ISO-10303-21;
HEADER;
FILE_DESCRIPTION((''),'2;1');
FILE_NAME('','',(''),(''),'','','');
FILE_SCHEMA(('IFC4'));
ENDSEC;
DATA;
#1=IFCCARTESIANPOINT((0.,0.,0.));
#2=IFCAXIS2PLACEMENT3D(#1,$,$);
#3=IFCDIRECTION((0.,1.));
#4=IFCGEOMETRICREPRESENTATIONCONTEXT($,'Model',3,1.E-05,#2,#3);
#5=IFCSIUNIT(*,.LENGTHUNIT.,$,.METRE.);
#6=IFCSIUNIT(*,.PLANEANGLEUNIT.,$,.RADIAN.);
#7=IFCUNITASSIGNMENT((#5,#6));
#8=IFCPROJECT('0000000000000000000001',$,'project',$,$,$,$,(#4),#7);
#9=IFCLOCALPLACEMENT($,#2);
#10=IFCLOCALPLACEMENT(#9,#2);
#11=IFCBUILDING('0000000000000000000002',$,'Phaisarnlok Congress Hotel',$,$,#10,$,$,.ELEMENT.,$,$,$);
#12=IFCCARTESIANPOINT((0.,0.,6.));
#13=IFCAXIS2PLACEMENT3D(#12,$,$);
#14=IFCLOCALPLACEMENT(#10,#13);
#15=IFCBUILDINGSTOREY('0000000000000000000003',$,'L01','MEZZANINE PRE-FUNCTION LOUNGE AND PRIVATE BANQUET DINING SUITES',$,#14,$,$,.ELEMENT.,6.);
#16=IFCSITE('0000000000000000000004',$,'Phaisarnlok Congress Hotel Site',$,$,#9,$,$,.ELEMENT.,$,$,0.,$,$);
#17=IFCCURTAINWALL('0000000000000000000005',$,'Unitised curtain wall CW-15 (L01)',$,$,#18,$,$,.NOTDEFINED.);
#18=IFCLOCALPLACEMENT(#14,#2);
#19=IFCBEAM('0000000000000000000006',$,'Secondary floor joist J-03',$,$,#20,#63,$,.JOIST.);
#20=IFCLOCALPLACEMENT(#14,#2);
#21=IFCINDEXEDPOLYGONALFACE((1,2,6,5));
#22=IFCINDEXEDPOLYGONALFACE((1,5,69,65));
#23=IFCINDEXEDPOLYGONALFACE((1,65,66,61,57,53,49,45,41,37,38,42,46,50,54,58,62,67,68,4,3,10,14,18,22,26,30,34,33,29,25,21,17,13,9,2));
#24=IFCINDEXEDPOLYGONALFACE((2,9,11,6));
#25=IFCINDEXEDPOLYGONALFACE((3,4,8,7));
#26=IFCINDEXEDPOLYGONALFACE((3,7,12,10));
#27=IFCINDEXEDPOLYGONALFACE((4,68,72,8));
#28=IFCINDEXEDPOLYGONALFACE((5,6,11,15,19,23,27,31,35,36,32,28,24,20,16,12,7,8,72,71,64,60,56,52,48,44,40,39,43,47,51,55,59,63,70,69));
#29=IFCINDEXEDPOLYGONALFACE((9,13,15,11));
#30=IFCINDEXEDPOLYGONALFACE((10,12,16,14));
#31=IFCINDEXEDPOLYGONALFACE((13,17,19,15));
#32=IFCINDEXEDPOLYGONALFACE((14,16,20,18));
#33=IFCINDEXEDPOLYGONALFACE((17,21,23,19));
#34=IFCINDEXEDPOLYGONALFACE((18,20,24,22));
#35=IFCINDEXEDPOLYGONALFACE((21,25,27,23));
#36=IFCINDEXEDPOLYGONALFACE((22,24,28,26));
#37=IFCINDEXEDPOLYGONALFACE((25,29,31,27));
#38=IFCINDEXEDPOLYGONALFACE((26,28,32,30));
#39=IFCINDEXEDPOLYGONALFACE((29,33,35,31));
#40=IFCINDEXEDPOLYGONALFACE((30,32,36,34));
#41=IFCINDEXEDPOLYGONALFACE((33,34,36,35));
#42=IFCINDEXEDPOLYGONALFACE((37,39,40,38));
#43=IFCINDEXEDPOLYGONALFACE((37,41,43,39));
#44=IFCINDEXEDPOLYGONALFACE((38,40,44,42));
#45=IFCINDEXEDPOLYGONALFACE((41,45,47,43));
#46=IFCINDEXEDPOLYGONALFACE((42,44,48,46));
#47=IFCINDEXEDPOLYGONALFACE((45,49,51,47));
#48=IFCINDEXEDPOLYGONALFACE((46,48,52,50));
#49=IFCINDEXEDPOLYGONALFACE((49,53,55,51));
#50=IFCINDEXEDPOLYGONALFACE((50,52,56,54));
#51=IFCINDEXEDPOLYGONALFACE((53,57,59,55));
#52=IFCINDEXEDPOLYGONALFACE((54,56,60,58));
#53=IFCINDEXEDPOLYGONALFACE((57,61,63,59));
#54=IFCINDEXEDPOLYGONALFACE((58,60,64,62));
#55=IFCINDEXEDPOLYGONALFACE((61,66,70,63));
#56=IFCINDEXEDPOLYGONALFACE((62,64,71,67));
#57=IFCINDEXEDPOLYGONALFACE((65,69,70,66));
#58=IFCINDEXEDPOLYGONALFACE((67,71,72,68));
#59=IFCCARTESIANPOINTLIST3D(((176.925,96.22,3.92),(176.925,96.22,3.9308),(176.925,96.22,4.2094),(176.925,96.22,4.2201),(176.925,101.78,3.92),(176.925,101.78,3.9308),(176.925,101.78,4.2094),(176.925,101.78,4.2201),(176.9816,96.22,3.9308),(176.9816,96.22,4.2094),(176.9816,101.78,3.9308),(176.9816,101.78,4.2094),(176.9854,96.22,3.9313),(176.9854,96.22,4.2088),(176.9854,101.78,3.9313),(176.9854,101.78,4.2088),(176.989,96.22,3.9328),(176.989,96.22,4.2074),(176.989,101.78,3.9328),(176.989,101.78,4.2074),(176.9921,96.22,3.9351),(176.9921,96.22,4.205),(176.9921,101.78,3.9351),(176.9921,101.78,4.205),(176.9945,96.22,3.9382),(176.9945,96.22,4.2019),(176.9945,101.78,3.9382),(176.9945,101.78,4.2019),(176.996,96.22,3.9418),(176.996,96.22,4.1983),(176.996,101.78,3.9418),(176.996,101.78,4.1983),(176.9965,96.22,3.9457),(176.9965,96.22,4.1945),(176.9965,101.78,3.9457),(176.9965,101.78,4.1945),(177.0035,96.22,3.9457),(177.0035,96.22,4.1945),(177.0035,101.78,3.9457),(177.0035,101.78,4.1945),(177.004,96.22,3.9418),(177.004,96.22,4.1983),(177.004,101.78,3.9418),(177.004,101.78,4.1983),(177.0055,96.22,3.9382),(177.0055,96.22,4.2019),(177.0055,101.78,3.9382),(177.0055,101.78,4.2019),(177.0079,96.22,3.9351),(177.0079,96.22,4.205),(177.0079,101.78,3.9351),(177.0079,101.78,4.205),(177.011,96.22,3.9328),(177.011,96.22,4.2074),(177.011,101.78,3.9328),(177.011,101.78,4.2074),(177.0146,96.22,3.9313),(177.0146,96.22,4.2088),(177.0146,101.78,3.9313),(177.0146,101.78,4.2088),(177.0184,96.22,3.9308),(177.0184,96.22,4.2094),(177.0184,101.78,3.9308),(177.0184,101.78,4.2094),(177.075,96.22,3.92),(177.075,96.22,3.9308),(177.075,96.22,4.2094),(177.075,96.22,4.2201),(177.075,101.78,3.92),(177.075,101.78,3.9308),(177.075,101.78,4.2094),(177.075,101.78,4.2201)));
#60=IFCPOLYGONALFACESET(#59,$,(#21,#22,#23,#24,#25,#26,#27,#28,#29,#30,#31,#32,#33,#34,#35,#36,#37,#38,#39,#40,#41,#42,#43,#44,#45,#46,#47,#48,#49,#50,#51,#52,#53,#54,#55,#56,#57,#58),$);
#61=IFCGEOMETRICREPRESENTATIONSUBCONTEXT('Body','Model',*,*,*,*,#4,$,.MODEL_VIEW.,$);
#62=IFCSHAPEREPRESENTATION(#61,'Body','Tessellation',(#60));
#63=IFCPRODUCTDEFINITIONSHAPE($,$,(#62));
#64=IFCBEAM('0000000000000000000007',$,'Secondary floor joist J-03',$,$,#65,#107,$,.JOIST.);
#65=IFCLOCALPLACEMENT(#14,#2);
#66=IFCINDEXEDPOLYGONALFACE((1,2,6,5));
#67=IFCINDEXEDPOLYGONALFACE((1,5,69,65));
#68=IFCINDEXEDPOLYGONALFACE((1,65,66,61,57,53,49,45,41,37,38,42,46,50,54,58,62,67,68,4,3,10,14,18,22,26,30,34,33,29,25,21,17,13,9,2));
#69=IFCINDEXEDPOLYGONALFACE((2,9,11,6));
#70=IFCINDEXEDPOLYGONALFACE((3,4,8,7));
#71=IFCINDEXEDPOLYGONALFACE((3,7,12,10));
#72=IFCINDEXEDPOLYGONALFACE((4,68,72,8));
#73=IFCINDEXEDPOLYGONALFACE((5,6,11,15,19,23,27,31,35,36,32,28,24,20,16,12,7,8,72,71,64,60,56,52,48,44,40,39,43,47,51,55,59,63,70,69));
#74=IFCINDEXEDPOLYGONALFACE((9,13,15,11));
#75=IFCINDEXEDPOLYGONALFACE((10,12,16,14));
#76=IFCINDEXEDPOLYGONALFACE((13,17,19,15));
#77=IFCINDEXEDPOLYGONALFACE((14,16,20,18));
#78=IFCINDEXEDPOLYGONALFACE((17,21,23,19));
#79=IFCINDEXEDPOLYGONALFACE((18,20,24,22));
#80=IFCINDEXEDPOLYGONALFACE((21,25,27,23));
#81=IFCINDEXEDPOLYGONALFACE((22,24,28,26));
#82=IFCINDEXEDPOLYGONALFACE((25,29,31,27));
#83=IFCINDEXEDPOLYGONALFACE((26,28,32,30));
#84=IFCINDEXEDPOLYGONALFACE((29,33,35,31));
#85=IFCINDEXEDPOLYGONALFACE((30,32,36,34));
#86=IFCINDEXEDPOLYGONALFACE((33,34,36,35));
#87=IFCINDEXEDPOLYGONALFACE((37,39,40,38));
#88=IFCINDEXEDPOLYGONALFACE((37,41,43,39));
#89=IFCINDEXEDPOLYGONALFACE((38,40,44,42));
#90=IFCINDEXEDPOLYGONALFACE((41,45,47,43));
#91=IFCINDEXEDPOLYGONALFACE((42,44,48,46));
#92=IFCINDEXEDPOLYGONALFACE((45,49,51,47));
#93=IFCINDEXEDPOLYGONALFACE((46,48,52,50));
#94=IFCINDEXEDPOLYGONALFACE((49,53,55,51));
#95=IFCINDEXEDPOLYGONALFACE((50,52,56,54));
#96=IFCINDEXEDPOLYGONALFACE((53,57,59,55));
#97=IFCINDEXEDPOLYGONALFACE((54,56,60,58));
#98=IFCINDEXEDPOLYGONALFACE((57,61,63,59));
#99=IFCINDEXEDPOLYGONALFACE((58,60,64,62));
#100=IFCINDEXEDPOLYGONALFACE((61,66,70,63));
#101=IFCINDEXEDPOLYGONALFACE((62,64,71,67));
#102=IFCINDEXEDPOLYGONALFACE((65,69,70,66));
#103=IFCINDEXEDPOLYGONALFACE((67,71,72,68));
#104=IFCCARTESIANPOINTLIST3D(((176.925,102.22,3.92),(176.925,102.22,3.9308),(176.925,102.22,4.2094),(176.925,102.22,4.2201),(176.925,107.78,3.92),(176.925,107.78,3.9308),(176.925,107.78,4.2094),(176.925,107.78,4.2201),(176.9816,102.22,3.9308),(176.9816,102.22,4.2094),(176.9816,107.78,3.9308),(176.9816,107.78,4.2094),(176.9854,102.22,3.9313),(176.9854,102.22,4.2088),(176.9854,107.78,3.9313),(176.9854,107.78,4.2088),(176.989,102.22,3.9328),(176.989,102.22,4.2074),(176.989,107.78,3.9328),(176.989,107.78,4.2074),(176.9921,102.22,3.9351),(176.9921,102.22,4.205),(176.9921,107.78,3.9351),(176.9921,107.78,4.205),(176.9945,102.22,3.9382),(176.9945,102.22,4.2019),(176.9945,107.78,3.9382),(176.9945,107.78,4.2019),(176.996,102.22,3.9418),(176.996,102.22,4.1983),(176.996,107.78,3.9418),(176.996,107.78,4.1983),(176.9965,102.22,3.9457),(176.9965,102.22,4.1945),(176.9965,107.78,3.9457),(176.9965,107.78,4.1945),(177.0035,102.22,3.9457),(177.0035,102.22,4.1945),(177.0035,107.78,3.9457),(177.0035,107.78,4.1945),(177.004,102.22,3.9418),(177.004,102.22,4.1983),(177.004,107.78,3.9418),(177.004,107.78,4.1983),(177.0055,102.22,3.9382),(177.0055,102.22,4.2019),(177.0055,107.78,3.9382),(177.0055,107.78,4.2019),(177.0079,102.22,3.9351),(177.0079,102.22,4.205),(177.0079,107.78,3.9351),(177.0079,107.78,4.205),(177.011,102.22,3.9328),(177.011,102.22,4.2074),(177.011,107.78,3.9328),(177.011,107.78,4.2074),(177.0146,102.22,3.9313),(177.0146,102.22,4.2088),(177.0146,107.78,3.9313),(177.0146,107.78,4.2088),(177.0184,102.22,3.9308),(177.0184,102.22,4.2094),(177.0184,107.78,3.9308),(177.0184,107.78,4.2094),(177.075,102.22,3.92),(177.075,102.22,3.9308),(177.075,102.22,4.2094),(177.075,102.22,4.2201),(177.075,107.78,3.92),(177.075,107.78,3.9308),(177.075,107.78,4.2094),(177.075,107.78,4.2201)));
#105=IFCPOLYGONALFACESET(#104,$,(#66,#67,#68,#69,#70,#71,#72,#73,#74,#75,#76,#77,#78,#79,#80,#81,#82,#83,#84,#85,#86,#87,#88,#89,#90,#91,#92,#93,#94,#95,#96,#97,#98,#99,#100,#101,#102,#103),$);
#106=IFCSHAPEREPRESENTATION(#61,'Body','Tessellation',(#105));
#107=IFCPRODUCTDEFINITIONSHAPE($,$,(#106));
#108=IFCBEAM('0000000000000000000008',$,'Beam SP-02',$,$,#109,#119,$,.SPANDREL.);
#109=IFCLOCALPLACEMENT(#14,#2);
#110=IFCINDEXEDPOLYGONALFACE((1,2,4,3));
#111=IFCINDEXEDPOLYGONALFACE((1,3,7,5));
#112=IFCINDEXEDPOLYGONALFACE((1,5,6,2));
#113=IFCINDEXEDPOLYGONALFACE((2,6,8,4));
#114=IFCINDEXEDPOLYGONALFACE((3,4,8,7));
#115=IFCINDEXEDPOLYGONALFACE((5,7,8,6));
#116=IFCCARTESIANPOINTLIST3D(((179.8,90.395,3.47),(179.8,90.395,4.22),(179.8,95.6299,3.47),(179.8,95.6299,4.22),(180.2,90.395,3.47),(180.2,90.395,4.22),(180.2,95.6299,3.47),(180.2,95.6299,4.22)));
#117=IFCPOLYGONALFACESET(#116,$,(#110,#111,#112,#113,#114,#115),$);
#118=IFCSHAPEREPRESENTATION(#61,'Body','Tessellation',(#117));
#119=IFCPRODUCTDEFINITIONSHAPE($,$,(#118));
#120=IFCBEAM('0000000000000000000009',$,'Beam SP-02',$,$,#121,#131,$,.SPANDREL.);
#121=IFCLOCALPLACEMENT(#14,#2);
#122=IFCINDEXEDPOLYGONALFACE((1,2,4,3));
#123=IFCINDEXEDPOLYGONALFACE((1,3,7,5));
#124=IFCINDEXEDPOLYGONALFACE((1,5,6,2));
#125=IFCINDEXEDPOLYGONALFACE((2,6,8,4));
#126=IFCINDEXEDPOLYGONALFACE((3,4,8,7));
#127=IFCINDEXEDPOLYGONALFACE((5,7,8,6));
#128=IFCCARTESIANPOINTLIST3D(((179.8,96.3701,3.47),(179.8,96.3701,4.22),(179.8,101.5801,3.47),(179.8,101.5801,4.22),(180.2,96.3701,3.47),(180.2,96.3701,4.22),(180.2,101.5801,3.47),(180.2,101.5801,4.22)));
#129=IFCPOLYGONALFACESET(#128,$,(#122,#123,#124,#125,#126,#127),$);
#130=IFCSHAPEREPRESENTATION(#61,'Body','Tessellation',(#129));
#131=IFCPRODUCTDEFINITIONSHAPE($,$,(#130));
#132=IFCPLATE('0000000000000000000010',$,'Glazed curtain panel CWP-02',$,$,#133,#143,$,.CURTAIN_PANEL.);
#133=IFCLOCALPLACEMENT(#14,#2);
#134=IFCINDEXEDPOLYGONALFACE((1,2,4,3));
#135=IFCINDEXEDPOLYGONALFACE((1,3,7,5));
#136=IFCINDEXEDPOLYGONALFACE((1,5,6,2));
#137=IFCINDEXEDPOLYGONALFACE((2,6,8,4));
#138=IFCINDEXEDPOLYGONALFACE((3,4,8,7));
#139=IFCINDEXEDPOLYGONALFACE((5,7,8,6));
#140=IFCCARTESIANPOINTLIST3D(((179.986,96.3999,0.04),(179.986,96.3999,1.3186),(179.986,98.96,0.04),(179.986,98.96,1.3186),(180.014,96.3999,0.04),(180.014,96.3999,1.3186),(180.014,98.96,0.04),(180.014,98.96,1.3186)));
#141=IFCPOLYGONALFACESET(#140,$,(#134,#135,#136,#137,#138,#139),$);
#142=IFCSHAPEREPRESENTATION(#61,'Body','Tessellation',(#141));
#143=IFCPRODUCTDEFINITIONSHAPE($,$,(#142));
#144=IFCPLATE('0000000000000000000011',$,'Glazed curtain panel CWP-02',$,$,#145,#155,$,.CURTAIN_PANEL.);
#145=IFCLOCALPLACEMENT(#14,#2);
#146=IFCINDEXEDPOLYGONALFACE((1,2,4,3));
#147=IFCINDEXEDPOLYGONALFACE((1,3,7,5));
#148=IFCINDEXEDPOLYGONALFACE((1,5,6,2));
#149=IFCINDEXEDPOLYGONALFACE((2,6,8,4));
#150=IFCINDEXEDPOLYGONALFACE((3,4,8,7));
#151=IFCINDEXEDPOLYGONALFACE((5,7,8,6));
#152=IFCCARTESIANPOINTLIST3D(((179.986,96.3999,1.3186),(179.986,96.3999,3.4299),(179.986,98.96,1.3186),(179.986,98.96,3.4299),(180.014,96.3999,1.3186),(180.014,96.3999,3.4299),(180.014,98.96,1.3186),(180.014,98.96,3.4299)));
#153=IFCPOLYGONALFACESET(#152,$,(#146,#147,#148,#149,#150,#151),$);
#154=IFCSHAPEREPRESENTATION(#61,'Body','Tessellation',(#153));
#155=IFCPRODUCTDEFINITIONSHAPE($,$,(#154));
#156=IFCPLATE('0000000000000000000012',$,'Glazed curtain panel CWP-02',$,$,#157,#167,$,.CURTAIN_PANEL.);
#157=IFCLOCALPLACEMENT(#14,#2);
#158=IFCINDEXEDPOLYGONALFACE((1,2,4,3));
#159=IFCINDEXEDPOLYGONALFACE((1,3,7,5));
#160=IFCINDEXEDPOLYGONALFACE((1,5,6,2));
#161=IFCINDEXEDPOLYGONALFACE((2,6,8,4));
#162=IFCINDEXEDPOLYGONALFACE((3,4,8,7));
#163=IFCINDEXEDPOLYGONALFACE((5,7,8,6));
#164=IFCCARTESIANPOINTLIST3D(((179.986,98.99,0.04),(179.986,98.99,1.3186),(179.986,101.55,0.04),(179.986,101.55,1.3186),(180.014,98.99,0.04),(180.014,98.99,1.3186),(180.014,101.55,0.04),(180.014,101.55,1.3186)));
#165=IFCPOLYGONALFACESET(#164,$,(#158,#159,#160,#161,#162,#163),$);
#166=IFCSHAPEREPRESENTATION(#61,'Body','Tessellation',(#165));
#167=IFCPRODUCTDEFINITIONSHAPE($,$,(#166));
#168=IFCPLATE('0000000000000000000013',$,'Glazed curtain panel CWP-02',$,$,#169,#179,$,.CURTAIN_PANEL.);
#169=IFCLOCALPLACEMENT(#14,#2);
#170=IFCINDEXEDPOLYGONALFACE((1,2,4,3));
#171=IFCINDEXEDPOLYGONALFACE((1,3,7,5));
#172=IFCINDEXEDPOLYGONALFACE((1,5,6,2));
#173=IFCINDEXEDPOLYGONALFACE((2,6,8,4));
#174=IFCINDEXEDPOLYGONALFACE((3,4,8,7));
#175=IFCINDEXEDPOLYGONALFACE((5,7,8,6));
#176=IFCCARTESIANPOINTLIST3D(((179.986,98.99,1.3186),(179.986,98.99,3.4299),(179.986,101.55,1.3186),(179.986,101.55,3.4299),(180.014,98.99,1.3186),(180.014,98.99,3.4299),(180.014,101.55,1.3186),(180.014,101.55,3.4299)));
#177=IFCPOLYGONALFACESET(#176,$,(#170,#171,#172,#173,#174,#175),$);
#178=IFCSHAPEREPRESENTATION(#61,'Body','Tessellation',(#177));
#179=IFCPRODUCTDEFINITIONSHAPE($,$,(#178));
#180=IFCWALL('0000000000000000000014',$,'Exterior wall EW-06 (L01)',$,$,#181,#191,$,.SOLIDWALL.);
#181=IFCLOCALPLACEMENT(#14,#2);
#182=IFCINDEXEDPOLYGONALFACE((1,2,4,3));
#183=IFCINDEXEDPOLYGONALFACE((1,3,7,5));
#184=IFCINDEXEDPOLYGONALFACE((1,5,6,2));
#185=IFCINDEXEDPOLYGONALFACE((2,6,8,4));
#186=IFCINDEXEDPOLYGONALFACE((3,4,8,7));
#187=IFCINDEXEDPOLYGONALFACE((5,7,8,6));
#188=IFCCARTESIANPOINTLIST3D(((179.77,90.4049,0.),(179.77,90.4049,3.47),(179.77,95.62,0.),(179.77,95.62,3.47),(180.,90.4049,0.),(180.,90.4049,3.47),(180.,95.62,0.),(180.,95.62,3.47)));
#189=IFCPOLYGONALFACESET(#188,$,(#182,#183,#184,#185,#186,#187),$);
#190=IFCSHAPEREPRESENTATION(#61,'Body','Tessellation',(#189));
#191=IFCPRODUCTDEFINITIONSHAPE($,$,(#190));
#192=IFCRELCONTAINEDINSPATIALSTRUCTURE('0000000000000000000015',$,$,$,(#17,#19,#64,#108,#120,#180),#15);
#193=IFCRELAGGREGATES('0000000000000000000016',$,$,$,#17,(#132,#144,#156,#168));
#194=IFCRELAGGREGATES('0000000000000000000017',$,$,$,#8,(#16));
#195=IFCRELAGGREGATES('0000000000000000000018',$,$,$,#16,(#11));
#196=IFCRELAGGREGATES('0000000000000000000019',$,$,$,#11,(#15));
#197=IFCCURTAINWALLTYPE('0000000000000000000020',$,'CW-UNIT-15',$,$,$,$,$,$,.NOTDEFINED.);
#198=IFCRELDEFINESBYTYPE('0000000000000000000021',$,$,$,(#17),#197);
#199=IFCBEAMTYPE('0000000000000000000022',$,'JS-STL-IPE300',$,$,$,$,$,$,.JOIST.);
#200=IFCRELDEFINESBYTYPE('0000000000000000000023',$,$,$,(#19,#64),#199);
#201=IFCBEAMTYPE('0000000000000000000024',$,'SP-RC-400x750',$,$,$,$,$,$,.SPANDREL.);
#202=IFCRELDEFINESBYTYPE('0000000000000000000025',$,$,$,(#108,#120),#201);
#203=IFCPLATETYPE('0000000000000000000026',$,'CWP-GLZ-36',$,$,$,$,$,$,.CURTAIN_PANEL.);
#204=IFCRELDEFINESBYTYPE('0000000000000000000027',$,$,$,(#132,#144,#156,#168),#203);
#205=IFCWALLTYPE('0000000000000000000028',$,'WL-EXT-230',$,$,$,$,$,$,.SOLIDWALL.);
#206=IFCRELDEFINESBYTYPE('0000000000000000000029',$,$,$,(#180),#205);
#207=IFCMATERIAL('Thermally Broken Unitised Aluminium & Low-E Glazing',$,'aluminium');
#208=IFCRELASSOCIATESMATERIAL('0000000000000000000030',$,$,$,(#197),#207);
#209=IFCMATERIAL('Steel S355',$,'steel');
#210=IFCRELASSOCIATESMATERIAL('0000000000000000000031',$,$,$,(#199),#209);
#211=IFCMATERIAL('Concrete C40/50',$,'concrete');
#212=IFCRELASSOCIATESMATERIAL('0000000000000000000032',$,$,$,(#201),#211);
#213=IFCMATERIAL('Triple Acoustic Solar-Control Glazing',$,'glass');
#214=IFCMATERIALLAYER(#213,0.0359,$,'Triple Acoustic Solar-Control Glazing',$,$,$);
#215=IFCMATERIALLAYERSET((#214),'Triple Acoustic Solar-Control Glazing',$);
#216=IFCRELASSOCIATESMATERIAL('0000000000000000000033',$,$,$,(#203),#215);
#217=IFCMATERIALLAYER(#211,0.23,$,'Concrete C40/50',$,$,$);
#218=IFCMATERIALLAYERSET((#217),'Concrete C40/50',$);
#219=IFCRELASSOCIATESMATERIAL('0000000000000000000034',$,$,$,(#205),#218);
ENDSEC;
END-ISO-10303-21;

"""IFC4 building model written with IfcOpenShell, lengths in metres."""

from ifc_helpers import new_model, si_unit, direction, frame, frame_2d, origin, origin_2d, place, context, subcontext, project, spatial, rectangle, i_section, extrude, material, layer, layer_set, material_profile, profile_set, type_object, element, aggregate, save


model = new_model("IFC4")

# Units and contexts
model_context = context("Model", 3, precision=1e-05, world=origin(), true_north=direction((0.0, 1.0)))
body_context = subcontext(model_context, "Body", "Model", "MODEL_VIEW")
ifc_project = project(units=[si_unit("LENGTHUNIT", "METRE"), si_unit("PLANEANGLEUNIT", "RADIAN")], contexts=[model_context])

# Site, building, storey
site_placement = place(None, origin())
site = spatial("IfcSite", under=ifc_project, at=site_placement, Name="Phaisarnlok Congress Hotel Site", CompositionType="ELEMENT", RefElevation=0.0)
building_placement = place(site_placement, origin())
building = spatial("IfcBuilding", under=site, at=building_placement, Name="Phaisarnlok Congress Hotel", CompositionType="ELEMENT")
storey_placement = place(building_placement, frame((0.0, 0.0, 6.0)))
storey = spatial("IfcBuildingStorey", under=building, at=storey_placement, Name="L01", Description="MEZZANINE PRE-FUNCTION LOUNGE AND PRIVATE BANQUET DINING SUITES", CompositionType="ELEMENT", Elevation=6.0)

# Shared definitions
ifc_material_1 = material(Name="Concrete C40/50", Category="concrete")
ifc_material_2 = material(Name="Steel S355", Category="steel")

# Curtain wall
ifc_material_3 = material(Name="Thermally Broken Unitised Aluminium & Low-E Glazing", Category="aluminium")
curtain_wall_type = type_object("IfcCurtainWallType", Name="CW-UNIT-15", PredefinedType="NOTDEFINED", material=ifc_material_3)
curtain_wall_placement = place(storey_placement, origin())
curtain_wall = element("IfcCurtainWall", 1, at=curtain_wall_placement, inside=storey, type_object=curtain_wall_type, Name="Unitised curtain wall CW-15 (L01)", PredefinedType="NOTDEFINED")

# Beams
ifc_material_profile_1 = material_profile(ifc_material_2, i_section(OverallWidth=0.1499, OverallDepth=0.3, WebThickness=0.0071, FlangeThickness=0.0107, FilletRadius=0.0149, at=origin_2d()), Name="IPE 300")
ifc_profile_set_1 = profile_set([ifc_material_profile_1], Name="Steel S355")
beam_type_1 = type_object("IfcBeamType", Name="JS-STL-IPE300", PredefinedType="JOIST", material=ifc_profile_set_1)
for number, where, z_axis, x_axis, name in (
    (2, (177.0, 96.22, 4.0701), (0.0, 1.0, 0.0), (-1.0, 0.0, 0.0), "Secondary floor joist J-03"),
    (3, (177.0, 102.22, 4.0701), (0.0, 1.0, 0.0), (-1.0, 0.0, 0.0), "Secondary floor joist J-03"),
):
    element("IfcBeam", number, at=place(storey_placement, frame(where, z_axis=z_axis, x_axis=x_axis)), inside=storey, type_object=beam_type_1, Name=name, PredefinedType="JOIST", context=body_context, shape_type="SweptSolid", body=[
        extrude(i_section(OverallWidth=0.1499, OverallDepth=0.3, WebThickness=0.0071, FlangeThickness=0.0107, FilletRadius=0.0149, at=origin_2d()), origin(), (0.0, 0.0, 1.0), 5.5601),
    ])
ifc_material_profile_2 = material_profile(ifc_material_1, rectangle(XDim=0.3999, YDim=0.75, at=origin_2d()), Name="RC 400x750")
ifc_profile_set_2 = profile_set([ifc_material_profile_2], Name="Concrete C40/50")
beam_type_2 = type_object("IfcBeamType", Name="SP-RC-400x750", PredefinedType="SPANDREL", material=ifc_profile_set_2)
beam_1_placement = place(storey_placement, frame((180.0, 90.395, 3.845), z_axis=(0.0, 1.0, 0.0), x_axis=(-1.0, 0.0, 0.0)))
element("IfcBeam", 4, at=beam_1_placement, inside=storey, type_object=beam_type_2, Name="Beam SP-02", PredefinedType="SPANDREL", context=body_context, shape_type="SweptSolid", body=[
    extrude(rectangle(XDim=0.3999, YDim=0.75, at=origin_2d()), origin(), (0.0, 0.0, 1.0), 5.2349),
])
beam_2_placement = place(storey_placement, frame((180.0, 96.3701, 3.845), z_axis=(0.0, 1.0, 0.0), x_axis=(-1.0, 0.0, 0.0)))
element("IfcBeam", 5, at=beam_2_placement, inside=storey, type_object=beam_type_2, Name="Beam SP-02", PredefinedType="SPANDREL", context=body_context, shape_type="SweptSolid", body=[
    extrude(rectangle(XDim=0.3999, YDim=0.75, at=origin_2d()), origin(), (0.0, 0.0, 1.0), 5.21),
])

# Plates
ifc_material_4 = material(Name="Triple Acoustic Solar-Control Glazing", Category="glass")
ifc_layer_1 = layer(ifc_material_4, 0.0359, Name="Triple Acoustic Solar-Control Glazing")
ifc_layer_set_1 = layer_set([ifc_layer_1], Name="Triple Acoustic Solar-Control Glazing")
plate_type = type_object("IfcPlateType", Name="CWP-GLZ-36", PredefinedType="CURTAIN_PANEL", material=ifc_layer_set_1)
plate_1_placement = place(storey_placement, frame((180.0, 96.3999, 0.04), z_axis=(0.0, 0.0, 1.0), x_axis=(0.0, 1.0, 0.0)))
plate_1 = element("IfcPlate", 6, at=plate_1_placement, type_object=plate_type, Name="Glazed curtain panel CWP-02", PredefinedType="CURTAIN_PANEL", context=body_context, shape_type="SweptSolid", body=[
    extrude(rectangle(XDim=2.5601, YDim=0.0281, at=frame_2d((1.28, 0.0))), origin(), (0.0, 0.0, 1.0), 1.2786),
])
plate_2_placement = place(storey_placement, frame((180.0, 96.3999, 1.3186), z_axis=(0.0, 0.0, 1.0), x_axis=(0.0, 1.0, 0.0)))
plate_2 = element("IfcPlate", 7, at=plate_2_placement, type_object=plate_type, Name="Glazed curtain panel CWP-02", PredefinedType="CURTAIN_PANEL", context=body_context, shape_type="SweptSolid", body=[
    extrude(rectangle(XDim=2.5601, YDim=0.0281, at=frame_2d((1.28, 0.0))), origin(), (0.0, 0.0, 1.0), 2.1113),
])
plate_3_placement = place(storey_placement, frame((180.0, 98.99, 0.04), z_axis=(0.0, 0.0, 1.0), x_axis=(0.0, 1.0, 0.0)))
plate_3 = element("IfcPlate", 8, at=plate_3_placement, type_object=plate_type, Name="Glazed curtain panel CWP-02", PredefinedType="CURTAIN_PANEL", context=body_context, shape_type="SweptSolid", body=[
    extrude(rectangle(XDim=2.5601, YDim=0.0281, at=frame_2d((1.28, 0.0))), origin(), (0.0, 0.0, 1.0), 1.2786),
])
plate_4_placement = place(storey_placement, frame((180.0, 98.99, 1.3186), z_axis=(0.0, 0.0, 1.0), x_axis=(0.0, 1.0, 0.0)))
plate_4 = element("IfcPlate", 9, at=plate_4_placement, type_object=plate_type, Name="Glazed curtain panel CWP-02", PredefinedType="CURTAIN_PANEL", context=body_context, shape_type="SweptSolid", body=[
    extrude(rectangle(XDim=2.5601, YDim=0.0281, at=frame_2d((1.28, 0.0))), origin(), (0.0, 0.0, 1.0), 2.1113),
])
aggregate(curtain_wall, [plate_1, plate_2, plate_3, plate_4])

# Wall
ifc_layer_2 = layer(ifc_material_1, 0.23, Name="Concrete C40/50")
ifc_layer_set_2 = layer_set([ifc_layer_2], Name="Concrete C40/50")
wall_type = type_object("IfcWallType", Name="WL-EXT-230", PredefinedType="SOLIDWALL", material=ifc_layer_set_2)
wall_placement = place(storey_placement, frame((179.885, 90.405, 0.0), z_axis=(0.0, 0.0, 1.0), x_axis=(0.0, 1.0, 0.0)))
element("IfcWall", 10, at=wall_placement, inside=storey, type_object=wall_type, Name="Exterior wall EW-06 (L01)", PredefinedType="SOLIDWALL", context=body_context, shape_type="SweptSolid", body=[
    extrude(rectangle(XDim=5.2151, YDim=0.23, at=frame_2d((2.6074, 0.0))), origin(), (0.0, 0.0, 1.0), 3.47),
])

save(model, "model.ifc")
